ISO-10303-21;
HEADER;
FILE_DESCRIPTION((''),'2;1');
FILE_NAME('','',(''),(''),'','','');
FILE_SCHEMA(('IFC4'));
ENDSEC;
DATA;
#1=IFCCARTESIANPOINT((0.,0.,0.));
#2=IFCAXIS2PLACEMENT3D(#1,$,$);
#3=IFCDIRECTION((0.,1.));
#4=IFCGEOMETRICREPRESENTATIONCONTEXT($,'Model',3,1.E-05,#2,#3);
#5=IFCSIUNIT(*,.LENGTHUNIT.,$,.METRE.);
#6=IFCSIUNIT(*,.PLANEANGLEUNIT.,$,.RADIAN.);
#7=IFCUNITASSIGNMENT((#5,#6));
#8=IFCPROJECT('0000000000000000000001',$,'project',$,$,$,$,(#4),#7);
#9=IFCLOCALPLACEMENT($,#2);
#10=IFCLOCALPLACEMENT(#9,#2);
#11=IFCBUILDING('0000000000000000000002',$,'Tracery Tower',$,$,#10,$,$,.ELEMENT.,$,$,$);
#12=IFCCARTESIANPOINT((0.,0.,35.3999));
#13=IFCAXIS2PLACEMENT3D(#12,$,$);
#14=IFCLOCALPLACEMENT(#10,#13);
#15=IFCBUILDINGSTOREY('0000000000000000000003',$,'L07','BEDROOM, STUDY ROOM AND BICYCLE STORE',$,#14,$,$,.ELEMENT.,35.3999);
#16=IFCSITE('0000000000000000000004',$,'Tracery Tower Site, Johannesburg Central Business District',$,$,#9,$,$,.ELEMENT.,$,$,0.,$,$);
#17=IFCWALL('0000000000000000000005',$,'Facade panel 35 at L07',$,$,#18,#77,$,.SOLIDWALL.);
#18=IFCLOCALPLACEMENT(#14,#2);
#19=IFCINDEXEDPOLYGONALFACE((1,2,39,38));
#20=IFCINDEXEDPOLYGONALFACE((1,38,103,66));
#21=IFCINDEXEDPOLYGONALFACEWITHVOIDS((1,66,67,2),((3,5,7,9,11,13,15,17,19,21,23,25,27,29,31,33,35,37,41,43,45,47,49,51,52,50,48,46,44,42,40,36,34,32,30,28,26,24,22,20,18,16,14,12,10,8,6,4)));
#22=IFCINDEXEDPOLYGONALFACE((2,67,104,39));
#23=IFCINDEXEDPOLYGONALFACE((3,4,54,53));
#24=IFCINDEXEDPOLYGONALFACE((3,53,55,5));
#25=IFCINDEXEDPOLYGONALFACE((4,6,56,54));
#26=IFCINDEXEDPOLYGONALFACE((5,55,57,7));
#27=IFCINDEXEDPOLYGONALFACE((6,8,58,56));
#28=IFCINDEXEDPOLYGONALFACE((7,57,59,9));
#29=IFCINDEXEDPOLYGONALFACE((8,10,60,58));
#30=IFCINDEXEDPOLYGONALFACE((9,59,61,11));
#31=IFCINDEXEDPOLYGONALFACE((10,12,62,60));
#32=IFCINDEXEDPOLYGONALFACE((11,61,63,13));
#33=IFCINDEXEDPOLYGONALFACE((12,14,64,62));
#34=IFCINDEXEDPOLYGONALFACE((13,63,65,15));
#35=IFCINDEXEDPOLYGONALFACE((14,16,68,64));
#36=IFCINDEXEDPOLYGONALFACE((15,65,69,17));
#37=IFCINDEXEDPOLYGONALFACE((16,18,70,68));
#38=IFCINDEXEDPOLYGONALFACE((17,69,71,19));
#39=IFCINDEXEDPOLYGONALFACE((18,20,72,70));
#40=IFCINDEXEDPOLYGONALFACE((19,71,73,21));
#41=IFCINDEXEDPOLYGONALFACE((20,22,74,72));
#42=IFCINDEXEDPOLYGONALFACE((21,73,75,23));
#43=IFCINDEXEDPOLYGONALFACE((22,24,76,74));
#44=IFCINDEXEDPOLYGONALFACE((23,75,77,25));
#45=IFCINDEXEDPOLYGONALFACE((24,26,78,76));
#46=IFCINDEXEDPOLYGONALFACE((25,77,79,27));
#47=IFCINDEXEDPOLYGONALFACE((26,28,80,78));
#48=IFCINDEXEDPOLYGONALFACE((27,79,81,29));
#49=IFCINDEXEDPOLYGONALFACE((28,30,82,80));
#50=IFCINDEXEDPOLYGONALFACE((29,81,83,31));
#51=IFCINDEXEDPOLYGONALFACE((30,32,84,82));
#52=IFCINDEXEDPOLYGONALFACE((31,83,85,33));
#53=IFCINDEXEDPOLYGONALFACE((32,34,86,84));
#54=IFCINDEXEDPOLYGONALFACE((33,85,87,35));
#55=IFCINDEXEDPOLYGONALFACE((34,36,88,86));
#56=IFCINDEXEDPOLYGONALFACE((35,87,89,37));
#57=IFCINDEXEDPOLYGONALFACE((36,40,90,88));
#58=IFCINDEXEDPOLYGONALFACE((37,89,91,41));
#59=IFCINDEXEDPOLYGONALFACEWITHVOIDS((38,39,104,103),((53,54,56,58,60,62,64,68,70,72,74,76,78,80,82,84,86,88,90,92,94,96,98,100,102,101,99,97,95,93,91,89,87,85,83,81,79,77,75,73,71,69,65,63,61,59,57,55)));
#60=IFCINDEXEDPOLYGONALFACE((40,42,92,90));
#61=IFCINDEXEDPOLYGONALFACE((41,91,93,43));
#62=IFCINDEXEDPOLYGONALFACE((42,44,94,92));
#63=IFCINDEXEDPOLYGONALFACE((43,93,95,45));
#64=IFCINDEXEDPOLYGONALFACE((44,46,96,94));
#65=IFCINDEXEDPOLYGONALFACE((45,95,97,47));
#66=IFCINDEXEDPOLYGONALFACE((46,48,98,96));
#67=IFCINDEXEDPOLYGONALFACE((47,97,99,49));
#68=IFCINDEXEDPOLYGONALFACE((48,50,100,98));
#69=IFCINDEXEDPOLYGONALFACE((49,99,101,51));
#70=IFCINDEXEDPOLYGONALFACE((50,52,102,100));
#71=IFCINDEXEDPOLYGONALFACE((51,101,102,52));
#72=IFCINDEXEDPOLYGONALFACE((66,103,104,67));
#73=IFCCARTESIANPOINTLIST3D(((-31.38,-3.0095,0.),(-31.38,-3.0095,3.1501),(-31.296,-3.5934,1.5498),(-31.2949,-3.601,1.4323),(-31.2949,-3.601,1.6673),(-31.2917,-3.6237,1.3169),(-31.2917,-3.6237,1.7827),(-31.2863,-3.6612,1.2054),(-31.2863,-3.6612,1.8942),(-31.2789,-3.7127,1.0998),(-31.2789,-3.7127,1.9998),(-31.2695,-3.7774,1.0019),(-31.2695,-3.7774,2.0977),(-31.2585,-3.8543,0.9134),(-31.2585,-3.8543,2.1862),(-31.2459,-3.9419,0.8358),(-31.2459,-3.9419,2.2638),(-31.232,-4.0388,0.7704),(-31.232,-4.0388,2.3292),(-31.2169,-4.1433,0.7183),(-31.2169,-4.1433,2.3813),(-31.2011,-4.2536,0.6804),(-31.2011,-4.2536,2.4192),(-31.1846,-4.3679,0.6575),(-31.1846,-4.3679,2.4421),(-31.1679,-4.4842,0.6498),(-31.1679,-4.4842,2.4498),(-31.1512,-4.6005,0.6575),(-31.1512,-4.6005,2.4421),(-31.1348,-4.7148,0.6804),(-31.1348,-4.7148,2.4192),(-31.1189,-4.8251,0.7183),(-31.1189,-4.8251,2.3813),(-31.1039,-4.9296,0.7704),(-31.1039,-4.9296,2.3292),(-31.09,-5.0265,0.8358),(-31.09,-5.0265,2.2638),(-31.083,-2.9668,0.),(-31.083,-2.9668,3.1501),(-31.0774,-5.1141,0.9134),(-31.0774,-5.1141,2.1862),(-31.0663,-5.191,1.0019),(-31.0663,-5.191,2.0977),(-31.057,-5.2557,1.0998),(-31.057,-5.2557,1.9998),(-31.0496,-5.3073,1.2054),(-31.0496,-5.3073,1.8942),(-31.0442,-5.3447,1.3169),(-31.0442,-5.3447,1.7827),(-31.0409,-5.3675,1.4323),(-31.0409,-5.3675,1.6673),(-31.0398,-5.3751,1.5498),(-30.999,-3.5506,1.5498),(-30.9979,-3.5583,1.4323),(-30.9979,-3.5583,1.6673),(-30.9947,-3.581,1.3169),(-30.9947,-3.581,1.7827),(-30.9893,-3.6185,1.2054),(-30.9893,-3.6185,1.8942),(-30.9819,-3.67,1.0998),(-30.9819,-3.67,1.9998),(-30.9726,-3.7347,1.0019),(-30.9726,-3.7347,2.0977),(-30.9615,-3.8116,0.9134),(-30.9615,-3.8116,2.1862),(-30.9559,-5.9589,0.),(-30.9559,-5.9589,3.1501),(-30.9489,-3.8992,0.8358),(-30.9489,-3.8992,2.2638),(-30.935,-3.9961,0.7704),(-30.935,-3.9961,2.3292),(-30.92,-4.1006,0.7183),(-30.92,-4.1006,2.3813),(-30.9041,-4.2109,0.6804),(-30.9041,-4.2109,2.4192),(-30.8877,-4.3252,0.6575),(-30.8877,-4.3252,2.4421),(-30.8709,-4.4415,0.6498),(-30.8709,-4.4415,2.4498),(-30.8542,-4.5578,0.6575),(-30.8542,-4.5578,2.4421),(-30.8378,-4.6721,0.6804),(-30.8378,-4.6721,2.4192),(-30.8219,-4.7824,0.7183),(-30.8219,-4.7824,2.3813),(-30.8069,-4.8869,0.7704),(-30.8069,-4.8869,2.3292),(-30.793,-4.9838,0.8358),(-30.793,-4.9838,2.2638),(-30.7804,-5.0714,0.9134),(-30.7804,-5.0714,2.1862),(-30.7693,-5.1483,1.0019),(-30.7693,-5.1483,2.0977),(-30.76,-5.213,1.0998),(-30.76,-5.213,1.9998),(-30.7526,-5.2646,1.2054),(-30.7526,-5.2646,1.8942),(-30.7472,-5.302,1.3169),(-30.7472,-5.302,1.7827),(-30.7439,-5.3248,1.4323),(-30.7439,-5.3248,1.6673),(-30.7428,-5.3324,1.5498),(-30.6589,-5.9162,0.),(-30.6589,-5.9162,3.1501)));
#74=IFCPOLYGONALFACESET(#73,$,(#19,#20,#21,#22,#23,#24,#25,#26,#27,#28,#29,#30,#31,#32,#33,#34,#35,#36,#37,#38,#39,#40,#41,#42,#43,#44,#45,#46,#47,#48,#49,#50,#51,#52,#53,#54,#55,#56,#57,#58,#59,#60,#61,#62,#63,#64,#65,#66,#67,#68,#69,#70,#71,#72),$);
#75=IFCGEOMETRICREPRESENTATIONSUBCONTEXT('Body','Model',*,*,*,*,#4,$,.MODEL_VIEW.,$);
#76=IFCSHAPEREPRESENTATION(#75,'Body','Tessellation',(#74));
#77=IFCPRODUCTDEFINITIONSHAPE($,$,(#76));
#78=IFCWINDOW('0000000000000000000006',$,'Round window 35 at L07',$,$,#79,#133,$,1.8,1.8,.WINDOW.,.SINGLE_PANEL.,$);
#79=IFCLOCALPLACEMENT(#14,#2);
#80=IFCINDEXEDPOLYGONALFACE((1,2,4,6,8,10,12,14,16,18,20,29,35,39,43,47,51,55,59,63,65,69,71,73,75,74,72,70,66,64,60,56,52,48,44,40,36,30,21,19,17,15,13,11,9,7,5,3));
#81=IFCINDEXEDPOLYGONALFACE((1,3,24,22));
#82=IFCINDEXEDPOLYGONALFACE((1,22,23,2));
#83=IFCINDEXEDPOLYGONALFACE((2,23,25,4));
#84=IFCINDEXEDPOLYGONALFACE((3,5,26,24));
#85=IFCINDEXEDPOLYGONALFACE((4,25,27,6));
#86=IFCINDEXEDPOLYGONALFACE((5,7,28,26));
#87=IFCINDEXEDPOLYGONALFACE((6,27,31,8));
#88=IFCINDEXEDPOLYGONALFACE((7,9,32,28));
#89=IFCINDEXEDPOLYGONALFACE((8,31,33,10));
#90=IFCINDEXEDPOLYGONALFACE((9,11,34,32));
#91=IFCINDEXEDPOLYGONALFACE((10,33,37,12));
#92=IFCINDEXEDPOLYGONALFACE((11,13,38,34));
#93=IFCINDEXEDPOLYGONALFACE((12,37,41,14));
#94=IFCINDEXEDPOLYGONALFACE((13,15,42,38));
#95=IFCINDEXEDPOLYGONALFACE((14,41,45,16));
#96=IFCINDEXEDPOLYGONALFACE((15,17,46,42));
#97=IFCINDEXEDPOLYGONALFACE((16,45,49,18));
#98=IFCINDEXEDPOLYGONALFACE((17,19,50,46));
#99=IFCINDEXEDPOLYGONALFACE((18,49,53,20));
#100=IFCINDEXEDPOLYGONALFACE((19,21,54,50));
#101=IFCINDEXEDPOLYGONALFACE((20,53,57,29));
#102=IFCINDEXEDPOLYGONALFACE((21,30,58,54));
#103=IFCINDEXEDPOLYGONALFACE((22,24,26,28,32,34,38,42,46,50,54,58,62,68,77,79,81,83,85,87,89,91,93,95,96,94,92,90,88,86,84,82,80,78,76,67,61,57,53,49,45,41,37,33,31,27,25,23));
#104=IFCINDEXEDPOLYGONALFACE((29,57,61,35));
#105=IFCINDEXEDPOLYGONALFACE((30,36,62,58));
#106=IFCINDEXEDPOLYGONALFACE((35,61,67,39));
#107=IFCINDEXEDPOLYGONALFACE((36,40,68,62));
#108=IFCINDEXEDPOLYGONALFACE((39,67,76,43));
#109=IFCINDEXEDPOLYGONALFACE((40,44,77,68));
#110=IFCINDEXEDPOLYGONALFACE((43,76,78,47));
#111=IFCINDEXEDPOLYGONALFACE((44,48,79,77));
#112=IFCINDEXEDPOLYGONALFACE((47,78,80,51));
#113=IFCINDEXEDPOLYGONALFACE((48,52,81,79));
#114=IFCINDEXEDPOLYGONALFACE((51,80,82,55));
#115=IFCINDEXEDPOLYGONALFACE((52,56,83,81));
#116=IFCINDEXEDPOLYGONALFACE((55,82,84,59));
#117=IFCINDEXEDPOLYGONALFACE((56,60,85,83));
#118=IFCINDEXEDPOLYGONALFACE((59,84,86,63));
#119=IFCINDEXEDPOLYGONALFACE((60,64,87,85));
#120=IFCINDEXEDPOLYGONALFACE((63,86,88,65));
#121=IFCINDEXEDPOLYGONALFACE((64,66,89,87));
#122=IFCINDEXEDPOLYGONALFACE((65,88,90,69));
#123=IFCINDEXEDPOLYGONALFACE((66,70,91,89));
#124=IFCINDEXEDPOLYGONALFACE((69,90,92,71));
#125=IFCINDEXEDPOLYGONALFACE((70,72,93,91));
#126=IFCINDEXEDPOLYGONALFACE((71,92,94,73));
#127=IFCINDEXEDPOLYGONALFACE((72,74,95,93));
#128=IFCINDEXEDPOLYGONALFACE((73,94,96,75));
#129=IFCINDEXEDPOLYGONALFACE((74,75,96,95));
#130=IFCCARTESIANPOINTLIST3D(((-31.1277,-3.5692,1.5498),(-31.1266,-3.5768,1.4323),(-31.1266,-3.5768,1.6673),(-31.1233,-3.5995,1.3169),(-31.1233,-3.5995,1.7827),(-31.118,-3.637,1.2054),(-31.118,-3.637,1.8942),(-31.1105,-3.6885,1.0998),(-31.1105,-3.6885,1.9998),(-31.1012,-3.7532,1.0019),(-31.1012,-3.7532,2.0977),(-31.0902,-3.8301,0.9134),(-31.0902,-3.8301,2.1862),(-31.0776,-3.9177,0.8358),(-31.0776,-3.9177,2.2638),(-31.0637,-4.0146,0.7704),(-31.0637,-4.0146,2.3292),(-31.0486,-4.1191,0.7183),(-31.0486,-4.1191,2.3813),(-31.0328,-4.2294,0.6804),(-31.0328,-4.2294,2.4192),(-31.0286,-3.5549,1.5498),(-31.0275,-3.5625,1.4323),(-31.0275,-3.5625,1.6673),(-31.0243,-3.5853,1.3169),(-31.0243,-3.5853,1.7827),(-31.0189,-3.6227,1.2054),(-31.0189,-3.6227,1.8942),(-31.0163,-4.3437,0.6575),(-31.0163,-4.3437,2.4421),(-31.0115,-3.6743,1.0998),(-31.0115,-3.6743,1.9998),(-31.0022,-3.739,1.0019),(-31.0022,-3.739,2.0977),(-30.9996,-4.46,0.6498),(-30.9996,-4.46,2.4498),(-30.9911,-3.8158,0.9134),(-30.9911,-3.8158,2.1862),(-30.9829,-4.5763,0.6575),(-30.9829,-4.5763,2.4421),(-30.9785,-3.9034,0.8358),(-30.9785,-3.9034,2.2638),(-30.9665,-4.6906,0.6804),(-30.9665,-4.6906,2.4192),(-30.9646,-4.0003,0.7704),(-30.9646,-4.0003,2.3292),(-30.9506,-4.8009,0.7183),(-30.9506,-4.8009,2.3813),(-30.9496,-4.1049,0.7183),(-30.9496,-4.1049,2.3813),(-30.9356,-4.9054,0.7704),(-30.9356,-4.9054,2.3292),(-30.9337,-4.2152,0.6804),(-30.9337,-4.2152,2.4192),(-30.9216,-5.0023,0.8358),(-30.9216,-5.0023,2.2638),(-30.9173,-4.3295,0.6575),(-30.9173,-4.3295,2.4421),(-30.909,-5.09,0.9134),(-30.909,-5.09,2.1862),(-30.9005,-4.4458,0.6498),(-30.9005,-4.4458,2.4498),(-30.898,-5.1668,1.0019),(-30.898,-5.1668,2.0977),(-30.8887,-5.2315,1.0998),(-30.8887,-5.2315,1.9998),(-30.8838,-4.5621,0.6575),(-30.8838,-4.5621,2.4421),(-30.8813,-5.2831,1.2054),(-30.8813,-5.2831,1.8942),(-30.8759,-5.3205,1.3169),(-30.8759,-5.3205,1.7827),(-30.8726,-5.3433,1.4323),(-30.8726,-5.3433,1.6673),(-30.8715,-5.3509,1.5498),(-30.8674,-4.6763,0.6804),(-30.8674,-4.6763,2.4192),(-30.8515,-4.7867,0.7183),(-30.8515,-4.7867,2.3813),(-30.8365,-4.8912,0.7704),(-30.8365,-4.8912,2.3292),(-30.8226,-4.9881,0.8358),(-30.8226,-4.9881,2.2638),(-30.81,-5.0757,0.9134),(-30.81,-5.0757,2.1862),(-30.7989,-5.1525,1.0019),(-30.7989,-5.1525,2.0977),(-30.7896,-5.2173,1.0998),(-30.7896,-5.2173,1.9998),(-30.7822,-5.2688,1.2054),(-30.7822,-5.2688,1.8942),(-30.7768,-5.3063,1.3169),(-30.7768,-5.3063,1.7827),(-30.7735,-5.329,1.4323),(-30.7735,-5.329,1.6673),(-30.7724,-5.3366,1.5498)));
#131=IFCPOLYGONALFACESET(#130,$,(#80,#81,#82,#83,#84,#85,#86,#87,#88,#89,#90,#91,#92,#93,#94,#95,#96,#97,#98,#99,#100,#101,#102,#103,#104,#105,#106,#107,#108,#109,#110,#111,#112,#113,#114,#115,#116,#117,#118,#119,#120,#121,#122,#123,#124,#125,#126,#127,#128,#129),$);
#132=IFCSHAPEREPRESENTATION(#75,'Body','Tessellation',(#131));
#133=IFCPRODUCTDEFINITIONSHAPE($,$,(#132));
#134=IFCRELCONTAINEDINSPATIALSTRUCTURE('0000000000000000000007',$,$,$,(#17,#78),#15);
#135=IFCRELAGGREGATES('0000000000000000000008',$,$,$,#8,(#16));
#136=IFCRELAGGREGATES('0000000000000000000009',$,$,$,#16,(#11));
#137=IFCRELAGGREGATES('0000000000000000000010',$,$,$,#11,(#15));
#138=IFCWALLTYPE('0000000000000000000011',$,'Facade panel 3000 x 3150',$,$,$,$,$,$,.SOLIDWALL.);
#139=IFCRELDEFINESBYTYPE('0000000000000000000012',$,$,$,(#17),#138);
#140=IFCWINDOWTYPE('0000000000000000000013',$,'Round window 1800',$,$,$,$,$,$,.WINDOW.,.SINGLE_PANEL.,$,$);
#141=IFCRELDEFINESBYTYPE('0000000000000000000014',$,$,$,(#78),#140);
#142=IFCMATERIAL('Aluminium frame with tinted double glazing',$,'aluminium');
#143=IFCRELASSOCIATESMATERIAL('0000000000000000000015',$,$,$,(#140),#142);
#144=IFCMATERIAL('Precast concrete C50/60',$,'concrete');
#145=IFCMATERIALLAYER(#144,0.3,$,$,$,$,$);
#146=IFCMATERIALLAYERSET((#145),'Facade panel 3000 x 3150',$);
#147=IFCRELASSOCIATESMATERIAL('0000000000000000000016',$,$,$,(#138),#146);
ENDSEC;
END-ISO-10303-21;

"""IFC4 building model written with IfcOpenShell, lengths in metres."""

from ifc_helpers import new_model, si_unit, direction, frame, frame_2d, origin, origin_2d, place, context, subcontext, project, spatial, rectangle, circle, extrude, material, layer, layer_set, type_object, element, fill, save


model = new_model("IFC4")

# Units and contexts
model_context = context("Model", 3, precision=1e-05, world=origin(), true_north=direction((0.0, 1.0)))
body_context = subcontext(model_context, "Body", "Model", "MODEL_VIEW")
ifc_project = project(units=[si_unit("LENGTHUNIT", "METRE"), si_unit("PLANEANGLEUNIT", "RADIAN")], contexts=[model_context])

# Site, building, storey
site_placement = place(None, origin())
site = spatial("IfcSite", under=ifc_project, at=site_placement, Name="Tracery Tower Site, Johannesburg Central Business District", CompositionType="ELEMENT", RefElevation=0.0)
building_placement = place(site_placement, origin())
building = spatial("IfcBuilding", under=site, at=building_placement, Name="Tracery Tower", CompositionType="ELEMENT")
storey_placement = place(building_placement, frame((0.0, 0.0, 35.3999)))
storey = spatial("IfcBuildingStorey", under=building, at=storey_placement, Name="L07", Description="BEDROOM, STUDY ROOM AND BICYCLE STORE", CompositionType="ELEMENT", Elevation=35.3999)

# Wall, opening, window
ifc_material_1 = material(Name="Aluminium frame with tinted double glazing", Category="aluminium")
window_type = type_object("IfcWindowType", Name="Round window 1800", PartitioningType="SINGLE_PANEL", PredefinedType="WINDOW", material=ifc_material_1)
ifc_material_2 = material(Name="Precast concrete C50/60", Category="concrete")
ifc_layer_1 = layer(ifc_material_2, 0.3)
ifc_layer_set_1 = layer_set([ifc_layer_1], Name="Facade panel 3000 x 3150")
wall_type_1 = type_object("IfcWallType", Name="Facade panel 3000 x 3150", PredefinedType="SOLIDWALL", material=ifc_layer_set_1)
wall_1_placement = place(storey_placement, frame((-31.2314, -2.9883, 0.0), z_axis=(0.0, 0.0, 1.0), x_axis=(0.142316, -0.989821, 0.0)))
wall_1 = element("IfcWall", 1, at=wall_1_placement, inside=storey, type_object=wall_type_1, Name="Facade panel 35 at L07", PredefinedType="SOLIDWALL", context=body_context, shape_type="SweptSolid", body=[
    extrude(rectangle(XDim=2.9797, YDim=0.3, at=frame_2d((1.4897, 0.0))), origin(), (0.0, 0.0, 1.0), 3.1501),
])
opening_1_placement = place(wall_1_placement, frame((1.4897, 0.0, 1.5498)))
opening_1 = element("IfcOpeningElement", 2, at=opening_1_placement, cuts=wall_1, PredefinedType="OPENING", context=body_context, shape_type="SweptSolid", body=[
    extrude(circle(Radius=0.9, at=origin_2d()), frame((0.0, 0.1599, 0.0), z_axis=(0.0, -1.0, 0.0), x_axis=(1.0, 0.0, 0.0)), (0.0, 0.0, 1.0), 0.3201),
])
window_1_placement = place(opening_1_placement, origin())
window_1 = element("IfcWindow", 3, at=window_1_placement, inside=storey, type_object=window_type, Name="Round window 35 at L07", OverallHeight=1.8, OverallWidth=1.8, PartitioningType="SINGLE_PANEL", PredefinedType="WINDOW", context=body_context, shape_type="SweptSolid", body=[
    extrude(circle(Radius=0.9, at=origin_2d()), frame((0.0, 0.1201, 0.0), z_axis=(0.0, -1.0, 0.0), x_axis=(1.0, 0.0, 0.0)), (0.0, 0.0, 1.0), 0.1001),
])
fill(opening_1, window_1)

save(model, "model.ifc")
